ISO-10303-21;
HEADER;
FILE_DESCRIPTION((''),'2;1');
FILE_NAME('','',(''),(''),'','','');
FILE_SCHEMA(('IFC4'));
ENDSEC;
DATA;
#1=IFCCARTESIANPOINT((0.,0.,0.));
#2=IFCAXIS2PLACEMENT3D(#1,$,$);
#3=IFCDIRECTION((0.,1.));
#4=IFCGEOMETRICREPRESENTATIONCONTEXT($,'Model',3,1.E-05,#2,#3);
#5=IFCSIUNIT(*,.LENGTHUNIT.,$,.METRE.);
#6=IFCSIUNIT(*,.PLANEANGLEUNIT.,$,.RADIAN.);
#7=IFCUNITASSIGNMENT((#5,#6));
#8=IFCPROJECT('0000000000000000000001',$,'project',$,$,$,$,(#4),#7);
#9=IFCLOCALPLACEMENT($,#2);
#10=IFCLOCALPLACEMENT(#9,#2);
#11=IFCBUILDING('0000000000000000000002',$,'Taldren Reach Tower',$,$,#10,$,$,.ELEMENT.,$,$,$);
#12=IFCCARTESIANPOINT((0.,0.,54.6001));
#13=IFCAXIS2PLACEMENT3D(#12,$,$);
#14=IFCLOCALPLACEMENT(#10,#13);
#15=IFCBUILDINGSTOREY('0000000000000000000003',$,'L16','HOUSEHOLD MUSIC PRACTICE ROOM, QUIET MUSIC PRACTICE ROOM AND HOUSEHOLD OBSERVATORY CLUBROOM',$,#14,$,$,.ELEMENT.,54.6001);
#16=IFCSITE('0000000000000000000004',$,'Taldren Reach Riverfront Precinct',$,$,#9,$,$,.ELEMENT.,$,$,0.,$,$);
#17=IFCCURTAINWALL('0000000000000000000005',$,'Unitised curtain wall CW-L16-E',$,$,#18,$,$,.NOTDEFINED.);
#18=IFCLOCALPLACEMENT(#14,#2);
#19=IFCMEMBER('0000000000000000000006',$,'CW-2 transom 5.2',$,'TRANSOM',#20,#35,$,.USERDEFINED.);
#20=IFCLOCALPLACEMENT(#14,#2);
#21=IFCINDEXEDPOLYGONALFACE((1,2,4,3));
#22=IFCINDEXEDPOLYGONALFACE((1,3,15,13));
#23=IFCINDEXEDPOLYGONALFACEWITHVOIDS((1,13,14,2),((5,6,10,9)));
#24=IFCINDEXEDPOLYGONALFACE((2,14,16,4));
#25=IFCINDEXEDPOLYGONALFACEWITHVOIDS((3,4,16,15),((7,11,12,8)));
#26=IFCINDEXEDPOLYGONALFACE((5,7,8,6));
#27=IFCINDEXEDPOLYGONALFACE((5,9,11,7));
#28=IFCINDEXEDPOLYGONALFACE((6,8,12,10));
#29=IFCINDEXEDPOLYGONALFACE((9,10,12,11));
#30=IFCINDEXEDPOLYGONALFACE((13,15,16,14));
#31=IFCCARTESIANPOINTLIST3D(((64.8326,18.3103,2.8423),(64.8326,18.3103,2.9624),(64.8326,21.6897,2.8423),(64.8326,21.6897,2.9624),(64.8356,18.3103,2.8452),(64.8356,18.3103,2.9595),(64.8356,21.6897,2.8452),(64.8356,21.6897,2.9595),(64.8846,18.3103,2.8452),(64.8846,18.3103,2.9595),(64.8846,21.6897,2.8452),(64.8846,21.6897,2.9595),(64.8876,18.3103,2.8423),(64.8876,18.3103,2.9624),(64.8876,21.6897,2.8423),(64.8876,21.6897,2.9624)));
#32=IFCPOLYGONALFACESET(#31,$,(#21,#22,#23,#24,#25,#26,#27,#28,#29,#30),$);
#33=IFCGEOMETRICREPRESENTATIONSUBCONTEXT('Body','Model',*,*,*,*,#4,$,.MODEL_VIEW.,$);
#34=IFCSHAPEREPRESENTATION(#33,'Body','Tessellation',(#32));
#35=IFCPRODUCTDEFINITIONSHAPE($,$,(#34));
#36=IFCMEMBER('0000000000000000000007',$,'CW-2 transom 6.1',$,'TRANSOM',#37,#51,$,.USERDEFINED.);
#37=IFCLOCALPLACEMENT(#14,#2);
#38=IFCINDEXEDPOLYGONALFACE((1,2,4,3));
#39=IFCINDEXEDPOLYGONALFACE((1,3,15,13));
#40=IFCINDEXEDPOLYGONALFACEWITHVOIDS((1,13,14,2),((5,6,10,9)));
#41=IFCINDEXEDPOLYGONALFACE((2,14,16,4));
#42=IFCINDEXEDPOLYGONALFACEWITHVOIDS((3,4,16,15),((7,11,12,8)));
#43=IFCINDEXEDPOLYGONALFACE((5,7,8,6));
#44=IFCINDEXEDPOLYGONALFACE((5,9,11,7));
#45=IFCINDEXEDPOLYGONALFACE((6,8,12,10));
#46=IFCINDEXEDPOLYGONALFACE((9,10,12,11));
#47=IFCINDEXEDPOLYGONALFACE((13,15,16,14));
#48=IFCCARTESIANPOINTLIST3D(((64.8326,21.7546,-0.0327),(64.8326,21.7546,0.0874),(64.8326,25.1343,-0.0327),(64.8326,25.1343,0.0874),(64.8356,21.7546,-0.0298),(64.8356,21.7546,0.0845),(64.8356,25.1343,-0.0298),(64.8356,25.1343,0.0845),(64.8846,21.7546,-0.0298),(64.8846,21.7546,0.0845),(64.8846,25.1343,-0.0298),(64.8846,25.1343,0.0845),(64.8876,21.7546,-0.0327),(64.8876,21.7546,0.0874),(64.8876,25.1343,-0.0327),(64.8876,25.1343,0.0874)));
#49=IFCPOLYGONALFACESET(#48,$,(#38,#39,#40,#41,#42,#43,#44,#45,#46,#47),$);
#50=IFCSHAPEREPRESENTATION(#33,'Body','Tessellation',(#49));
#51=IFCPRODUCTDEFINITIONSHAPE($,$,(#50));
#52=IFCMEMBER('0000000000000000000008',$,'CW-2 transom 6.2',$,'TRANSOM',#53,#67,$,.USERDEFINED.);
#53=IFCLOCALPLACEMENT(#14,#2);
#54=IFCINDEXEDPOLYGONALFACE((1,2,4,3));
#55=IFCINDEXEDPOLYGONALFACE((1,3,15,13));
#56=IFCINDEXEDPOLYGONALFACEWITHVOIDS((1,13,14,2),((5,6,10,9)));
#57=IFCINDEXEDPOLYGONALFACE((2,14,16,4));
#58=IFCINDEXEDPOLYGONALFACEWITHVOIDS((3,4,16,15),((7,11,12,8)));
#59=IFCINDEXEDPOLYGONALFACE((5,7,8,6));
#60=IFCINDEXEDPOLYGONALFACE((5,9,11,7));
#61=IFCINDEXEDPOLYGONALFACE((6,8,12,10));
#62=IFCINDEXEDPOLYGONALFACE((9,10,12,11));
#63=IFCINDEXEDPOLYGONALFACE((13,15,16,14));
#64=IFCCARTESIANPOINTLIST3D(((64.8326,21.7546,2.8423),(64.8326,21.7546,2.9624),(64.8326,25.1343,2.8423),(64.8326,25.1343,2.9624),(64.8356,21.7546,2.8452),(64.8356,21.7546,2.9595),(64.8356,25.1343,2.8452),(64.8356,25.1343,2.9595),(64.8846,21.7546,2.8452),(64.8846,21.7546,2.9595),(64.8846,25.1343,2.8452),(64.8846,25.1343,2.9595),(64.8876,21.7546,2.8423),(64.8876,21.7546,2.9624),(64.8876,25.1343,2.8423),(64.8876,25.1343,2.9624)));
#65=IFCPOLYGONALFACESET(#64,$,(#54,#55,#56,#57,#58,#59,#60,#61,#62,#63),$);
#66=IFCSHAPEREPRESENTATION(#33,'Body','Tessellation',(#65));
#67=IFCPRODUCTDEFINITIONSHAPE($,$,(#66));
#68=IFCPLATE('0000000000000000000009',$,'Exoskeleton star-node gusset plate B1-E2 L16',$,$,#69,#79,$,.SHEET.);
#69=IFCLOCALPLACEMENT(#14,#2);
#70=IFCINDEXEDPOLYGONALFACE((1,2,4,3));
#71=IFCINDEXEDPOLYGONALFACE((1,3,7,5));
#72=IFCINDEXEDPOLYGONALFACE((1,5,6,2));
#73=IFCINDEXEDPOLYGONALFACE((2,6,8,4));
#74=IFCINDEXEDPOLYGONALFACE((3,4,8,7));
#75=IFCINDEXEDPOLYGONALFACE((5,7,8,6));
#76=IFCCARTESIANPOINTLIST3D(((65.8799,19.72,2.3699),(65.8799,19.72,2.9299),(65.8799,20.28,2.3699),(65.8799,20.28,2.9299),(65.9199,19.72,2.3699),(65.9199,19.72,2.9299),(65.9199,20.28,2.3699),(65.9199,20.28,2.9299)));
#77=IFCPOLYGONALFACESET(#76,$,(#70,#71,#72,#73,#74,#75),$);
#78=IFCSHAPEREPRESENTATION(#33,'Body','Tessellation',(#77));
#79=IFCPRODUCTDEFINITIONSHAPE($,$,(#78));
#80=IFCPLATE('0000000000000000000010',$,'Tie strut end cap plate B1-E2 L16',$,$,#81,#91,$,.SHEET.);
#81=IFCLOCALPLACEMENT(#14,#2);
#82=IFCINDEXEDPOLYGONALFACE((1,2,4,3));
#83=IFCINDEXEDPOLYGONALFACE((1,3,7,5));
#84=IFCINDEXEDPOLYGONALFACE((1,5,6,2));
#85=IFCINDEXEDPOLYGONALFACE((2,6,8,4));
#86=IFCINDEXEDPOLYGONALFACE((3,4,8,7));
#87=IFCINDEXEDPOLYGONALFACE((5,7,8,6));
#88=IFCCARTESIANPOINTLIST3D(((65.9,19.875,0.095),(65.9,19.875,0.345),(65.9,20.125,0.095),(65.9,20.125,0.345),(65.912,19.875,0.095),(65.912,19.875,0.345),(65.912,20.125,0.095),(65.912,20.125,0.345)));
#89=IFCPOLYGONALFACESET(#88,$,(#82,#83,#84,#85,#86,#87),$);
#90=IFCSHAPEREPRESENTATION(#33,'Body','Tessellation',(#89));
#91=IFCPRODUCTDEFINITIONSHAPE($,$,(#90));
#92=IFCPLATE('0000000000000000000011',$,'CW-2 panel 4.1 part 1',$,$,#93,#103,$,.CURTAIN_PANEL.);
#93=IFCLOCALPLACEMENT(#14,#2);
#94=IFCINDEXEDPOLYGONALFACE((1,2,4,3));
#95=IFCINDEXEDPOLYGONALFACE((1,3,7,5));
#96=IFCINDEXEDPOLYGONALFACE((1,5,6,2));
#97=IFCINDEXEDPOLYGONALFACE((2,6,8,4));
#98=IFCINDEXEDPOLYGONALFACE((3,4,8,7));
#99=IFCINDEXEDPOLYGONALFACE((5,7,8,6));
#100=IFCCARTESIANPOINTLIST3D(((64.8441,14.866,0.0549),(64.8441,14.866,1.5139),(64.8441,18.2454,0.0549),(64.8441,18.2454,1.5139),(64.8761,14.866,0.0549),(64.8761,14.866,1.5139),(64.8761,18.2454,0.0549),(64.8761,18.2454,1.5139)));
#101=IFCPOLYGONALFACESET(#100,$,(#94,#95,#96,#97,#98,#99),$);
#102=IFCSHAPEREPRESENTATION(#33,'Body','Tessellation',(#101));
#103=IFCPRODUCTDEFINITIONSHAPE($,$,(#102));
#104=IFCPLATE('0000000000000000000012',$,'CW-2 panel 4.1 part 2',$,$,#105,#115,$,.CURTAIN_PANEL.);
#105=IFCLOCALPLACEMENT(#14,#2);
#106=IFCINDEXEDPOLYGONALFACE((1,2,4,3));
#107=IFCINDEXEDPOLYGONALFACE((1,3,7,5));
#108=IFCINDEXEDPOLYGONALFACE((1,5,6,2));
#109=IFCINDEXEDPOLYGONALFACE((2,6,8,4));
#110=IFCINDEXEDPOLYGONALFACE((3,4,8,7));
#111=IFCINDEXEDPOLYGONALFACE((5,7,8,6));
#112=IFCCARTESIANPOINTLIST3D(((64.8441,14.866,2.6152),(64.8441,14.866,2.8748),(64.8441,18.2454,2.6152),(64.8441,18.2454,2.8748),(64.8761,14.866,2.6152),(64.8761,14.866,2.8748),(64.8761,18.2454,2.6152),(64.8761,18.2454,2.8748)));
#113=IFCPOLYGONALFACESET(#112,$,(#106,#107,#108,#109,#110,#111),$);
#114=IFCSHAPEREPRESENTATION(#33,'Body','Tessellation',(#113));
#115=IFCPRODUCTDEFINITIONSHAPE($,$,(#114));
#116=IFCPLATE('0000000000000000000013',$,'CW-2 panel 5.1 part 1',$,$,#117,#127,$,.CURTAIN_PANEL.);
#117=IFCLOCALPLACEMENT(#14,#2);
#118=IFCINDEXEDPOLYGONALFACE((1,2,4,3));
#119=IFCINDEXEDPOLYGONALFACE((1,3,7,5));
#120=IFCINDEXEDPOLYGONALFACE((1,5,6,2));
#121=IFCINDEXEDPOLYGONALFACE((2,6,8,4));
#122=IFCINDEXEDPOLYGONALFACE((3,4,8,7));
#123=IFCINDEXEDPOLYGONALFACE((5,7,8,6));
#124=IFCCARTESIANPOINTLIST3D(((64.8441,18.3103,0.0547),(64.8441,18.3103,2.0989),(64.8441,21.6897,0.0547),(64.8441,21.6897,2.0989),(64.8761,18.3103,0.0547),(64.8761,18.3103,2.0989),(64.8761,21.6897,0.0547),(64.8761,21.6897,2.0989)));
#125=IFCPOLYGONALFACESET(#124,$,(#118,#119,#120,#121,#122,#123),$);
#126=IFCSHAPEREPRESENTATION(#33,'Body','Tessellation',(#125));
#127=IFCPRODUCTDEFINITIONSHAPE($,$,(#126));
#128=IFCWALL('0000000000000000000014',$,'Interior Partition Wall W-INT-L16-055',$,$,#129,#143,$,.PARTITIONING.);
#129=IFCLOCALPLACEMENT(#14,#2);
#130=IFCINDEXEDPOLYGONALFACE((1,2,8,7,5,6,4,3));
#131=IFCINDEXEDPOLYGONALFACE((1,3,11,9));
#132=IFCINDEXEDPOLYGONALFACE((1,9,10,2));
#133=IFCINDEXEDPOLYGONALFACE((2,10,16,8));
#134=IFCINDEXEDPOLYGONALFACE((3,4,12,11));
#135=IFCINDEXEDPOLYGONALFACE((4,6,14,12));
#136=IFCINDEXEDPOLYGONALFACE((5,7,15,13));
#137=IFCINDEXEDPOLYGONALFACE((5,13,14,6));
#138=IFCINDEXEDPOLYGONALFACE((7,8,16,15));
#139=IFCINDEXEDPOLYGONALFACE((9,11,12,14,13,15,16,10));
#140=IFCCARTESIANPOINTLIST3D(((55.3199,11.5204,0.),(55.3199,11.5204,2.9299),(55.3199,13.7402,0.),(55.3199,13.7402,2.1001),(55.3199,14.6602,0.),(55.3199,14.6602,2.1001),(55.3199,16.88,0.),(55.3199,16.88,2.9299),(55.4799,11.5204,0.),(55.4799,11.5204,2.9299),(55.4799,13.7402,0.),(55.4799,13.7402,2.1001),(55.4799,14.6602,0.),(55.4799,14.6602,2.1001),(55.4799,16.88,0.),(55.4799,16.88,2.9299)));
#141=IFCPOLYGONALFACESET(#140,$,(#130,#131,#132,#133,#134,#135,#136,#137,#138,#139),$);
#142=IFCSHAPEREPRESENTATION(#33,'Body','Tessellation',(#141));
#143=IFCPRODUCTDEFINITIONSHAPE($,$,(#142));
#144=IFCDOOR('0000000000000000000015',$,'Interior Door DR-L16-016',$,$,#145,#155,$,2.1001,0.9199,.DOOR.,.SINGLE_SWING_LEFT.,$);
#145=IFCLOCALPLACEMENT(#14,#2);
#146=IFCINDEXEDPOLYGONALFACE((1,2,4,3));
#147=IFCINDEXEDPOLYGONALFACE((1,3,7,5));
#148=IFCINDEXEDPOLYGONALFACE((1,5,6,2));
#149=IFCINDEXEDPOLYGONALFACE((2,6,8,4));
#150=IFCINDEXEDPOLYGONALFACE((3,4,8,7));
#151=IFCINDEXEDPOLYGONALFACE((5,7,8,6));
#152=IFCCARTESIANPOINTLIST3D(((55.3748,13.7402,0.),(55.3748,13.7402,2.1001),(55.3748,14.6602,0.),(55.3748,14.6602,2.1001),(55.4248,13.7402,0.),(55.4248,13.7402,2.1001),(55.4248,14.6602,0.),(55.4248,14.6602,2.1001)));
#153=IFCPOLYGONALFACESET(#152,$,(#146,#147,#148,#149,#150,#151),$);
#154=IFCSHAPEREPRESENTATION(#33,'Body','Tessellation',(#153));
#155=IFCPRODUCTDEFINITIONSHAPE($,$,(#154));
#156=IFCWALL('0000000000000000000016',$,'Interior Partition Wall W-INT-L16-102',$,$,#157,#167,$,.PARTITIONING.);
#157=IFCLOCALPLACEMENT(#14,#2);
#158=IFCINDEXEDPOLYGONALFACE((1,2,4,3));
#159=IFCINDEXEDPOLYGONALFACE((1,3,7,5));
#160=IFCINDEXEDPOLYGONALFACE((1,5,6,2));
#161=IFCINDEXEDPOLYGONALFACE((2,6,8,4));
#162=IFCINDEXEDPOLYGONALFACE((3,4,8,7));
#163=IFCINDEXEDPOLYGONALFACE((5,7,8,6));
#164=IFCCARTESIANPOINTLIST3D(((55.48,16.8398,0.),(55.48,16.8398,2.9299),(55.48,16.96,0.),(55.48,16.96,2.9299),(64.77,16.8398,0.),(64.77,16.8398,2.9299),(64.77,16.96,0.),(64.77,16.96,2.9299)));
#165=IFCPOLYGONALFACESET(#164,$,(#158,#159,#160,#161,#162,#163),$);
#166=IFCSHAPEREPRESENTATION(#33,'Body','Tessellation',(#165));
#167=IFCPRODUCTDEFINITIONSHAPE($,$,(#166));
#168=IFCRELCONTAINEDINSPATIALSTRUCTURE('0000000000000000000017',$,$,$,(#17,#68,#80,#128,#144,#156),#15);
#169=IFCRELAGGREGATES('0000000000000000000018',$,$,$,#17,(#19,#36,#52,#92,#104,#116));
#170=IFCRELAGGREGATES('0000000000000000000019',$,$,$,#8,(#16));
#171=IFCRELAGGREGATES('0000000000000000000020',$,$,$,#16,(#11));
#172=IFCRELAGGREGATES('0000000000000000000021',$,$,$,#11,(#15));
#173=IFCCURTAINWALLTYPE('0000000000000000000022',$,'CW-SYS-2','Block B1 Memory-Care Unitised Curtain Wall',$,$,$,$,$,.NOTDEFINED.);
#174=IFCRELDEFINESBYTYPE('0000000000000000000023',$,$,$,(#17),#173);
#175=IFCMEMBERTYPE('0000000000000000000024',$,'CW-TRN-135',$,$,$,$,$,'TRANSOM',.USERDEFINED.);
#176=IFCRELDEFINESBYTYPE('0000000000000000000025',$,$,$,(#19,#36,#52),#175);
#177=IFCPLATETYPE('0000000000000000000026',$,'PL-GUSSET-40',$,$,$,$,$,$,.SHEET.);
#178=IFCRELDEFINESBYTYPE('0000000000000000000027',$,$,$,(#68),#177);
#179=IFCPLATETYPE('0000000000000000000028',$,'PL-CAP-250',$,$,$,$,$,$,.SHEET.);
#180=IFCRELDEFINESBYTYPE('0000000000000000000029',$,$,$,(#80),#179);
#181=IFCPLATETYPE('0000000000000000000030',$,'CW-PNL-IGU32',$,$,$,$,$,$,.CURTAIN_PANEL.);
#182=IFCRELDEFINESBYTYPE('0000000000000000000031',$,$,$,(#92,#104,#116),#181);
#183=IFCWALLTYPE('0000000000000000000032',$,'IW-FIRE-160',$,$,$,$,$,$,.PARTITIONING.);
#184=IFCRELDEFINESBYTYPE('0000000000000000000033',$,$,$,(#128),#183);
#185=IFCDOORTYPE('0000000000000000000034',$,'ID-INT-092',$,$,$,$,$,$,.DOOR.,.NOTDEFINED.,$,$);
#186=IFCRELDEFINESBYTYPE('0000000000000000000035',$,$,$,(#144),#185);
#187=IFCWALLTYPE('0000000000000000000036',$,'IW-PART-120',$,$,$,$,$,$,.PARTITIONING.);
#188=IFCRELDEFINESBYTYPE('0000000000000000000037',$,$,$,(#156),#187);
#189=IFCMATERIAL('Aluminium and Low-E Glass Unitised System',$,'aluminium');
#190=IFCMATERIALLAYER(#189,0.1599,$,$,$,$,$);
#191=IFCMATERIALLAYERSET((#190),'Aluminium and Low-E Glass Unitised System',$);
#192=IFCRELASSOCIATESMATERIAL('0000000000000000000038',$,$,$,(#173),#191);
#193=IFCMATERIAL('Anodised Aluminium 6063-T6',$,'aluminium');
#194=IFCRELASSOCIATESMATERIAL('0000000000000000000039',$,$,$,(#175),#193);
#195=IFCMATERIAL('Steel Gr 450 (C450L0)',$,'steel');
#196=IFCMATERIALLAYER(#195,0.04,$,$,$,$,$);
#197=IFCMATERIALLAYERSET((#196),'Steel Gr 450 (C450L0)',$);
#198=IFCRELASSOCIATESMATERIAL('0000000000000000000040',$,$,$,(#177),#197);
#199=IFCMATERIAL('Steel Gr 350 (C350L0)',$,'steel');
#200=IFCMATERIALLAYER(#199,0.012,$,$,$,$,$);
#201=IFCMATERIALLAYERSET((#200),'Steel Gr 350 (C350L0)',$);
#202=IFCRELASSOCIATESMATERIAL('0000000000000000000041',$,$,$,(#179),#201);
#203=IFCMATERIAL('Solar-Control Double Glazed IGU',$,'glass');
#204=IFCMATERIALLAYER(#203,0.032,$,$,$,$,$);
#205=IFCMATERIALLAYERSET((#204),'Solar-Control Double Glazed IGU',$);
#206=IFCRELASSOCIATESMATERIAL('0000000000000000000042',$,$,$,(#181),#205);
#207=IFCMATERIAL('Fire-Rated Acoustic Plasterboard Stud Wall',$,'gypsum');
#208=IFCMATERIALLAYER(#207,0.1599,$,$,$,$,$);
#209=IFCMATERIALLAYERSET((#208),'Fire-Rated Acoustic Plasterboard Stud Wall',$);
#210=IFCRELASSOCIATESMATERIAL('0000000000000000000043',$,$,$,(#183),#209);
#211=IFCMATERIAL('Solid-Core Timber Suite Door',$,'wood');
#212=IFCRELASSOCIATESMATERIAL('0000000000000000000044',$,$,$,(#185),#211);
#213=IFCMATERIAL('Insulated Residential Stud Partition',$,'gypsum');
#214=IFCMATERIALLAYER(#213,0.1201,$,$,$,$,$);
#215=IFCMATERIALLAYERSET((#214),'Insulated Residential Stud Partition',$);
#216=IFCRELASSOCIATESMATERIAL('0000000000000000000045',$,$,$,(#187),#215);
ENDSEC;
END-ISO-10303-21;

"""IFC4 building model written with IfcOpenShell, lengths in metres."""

from ifc_helpers import new_model, si_unit, direction, frame, frame_2d, origin, origin_2d, place, context, subcontext, project, spatial, rectangle, hollow_rectangle, extrude, source, transform, mapped, material, layer, layer_set, material_profile, profile_set, type_object, element, fill, aggregate, save


model = new_model("IFC4")

# Units and contexts
model_context = context("Model", 3, precision=1e-05, world=origin(), true_north=direction((0.0, 1.0)))
body_context = subcontext(model_context, "Body", "Model", "MODEL_VIEW")
ifc_project = project(units=[si_unit("LENGTHUNIT", "METRE"), si_unit("PLANEANGLEUNIT", "RADIAN")], contexts=[model_context])

# Site, building, storey
site_placement = place(None, origin())
site = spatial("IfcSite", under=ifc_project, at=site_placement, Name="Taldren Reach Riverfront Precinct", CompositionType="ELEMENT", RefElevation=0.0)
building_placement = place(site_placement, origin())
building = spatial("IfcBuilding", under=site, at=building_placement, Name="Taldren Reach Tower", CompositionType="ELEMENT")
storey_placement = place(building_placement, frame((0.0, 0.0, 54.6001)))
storey = spatial("IfcBuildingStorey", under=building, at=storey_placement, Name="L16", Description="HOUSEHOLD MUSIC PRACTICE ROOM, QUIET MUSIC PRACTICE ROOM AND HOUSEHOLD OBSERVATORY CLUBROOM", CompositionType="ELEMENT", Elevation=54.6001)

# Shared definitions
ifc_material_1 = material(Name="Steel Gr 450 (C450L0)", Category="steel")
ifc_material_2 = material(Name="Steel Gr 350 (C350L0)", Category="steel")

# Curtain wall, members
ifc_material_3 = material(Name="Aluminium and Low-E Glass Unitised System", Category="aluminium")
ifc_layer_1 = layer(ifc_material_3, 0.1599)
ifc_layer_set_1 = layer_set([ifc_layer_1], Name="Aluminium and Low-E Glass Unitised System")
curtain_wall_type = type_object("IfcCurtainWallType", Name="CW-SYS-2", Description="Block B1 Memory-Care Unitised Curtain Wall", PredefinedType="NOTDEFINED", material=ifc_layer_set_1)
curtain_wall_placement = place(storey_placement, origin())
curtain_wall = element("IfcCurtainWall", 1, at=curtain_wall_placement, inside=storey, type_object=curtain_wall_type, Name="Unitised curtain wall CW-L16-E", PredefinedType="NOTDEFINED")
ifc_material_4 = material(Name="Anodised Aluminium 6063-T6", Category="aluminium")
ifc_material_profile_1 = material_profile(ifc_material_4, hollow_rectangle(XDim=0.0549, YDim=0.1201, WallThickness=0.0029, at=origin_2d()), Name="ALU-120x55x3RHS")
ifc_profile_set_1 = profile_set([ifc_material_profile_1], Name="Anodised Aluminium 6063-T6")
member_type_1 = type_object("IfcMemberType", Name="CW-TRN-135", ElementType="TRANSOM", PredefinedType="USERDEFINED", material=ifc_profile_set_1)
shared_shape_1 = source(origin(), body_context, "Body", "SweptSolid", [
    extrude(hollow_rectangle(XDim=0.0549, YDim=0.1201, WallThickness=0.0029, at=origin_2d()), origin(), (0.0, 0.0, 1.0), 3.3794),
])
member_1_placement = place(storey_placement, frame((64.8601, 18.3103, 2.9023), z_axis=(0.0, 1.0, 0.0), x_axis=(-1.0, 0.0, 0.0)))
member_1 = element("IfcMember", 2, at=member_1_placement, type_object=member_type_1, Name="CW-2 transom 5.2", ObjectType="TRANSOM", PredefinedType="USERDEFINED", context=body_context, shape_type="MappedRepresentation", body=[
    mapped(shared_shape_1, transform((0.0, 0.0, 0.0), scale=1.0)),
])
shared_shape_2 = source(origin(), body_context, "Body", "SweptSolid", [
    extrude(hollow_rectangle(XDim=0.0549, YDim=0.1201, WallThickness=0.0029, at=origin_2d()), origin(), (0.0, 0.0, 1.0), 3.3796),
])
member_2_placement = place(storey_placement, frame((64.8601, 21.7546, 0.0273), z_axis=(0.0, 1.0, 0.0), x_axis=(-1.0, 0.0, 0.0)))
member_2 = element("IfcMember", 3, at=member_2_placement, type_object=member_type_1, Name="CW-2 transom 6.1", ObjectType="TRANSOM", PredefinedType="USERDEFINED", context=body_context, shape_type="MappedRepresentation", body=[
    mapped(shared_shape_2, transform((0.0, 0.0, 0.0), scale=1.0)),
])
member_3_placement = place(storey_placement, frame((64.8601, 21.7546, 2.9023), z_axis=(0.0, 1.0, 0.0), x_axis=(-1.0, 0.0, 0.0)))
member_3 = element("IfcMember", 4, at=member_3_placement, type_object=member_type_1, Name="CW-2 transom 6.2", ObjectType="TRANSOM", PredefinedType="USERDEFINED", context=body_context, shape_type="MappedRepresentation", body=[
    mapped(shared_shape_2, transform((0.0, 0.0, 0.0), scale=1.0)),
])

# Plates
ifc_layer_2 = layer(ifc_material_1, 0.04)
ifc_layer_set_2 = layer_set([ifc_layer_2], Name="Steel Gr 450 (C450L0)")
plate_type_1 = type_object("IfcPlateType", Name="PL-GUSSET-40", PredefinedType="SHEET", material=ifc_layer_set_2)
shared_shape_3 = source(origin(), body_context, "Body", "SweptSolid", [
    extrude(rectangle(XDim=0.5601, YDim=0.04, at=origin_2d()), origin(), (0.0, 0.0, 1.0), 0.5601),
])
plate_1_placement = place(storey_placement, frame((65.8999, 20.0, 2.3699), z_axis=(0.0, 0.0, 1.0), x_axis=(0.0, 1.0, 0.0)))
element("IfcPlate", 5, at=plate_1_placement, inside=storey, type_object=plate_type_1, Name="Exoskeleton star-node gusset plate B1-E2 L16", PredefinedType="SHEET", context=body_context, shape_type="MappedRepresentation", body=[
    mapped(shared_shape_3, transform((0.0, 0.0, 0.0), scale=1.0)),
])
ifc_layer_3 = layer(ifc_material_2, 0.012)
ifc_layer_set_3 = layer_set([ifc_layer_3], Name="Steel Gr 350 (C350L0)")
plate_type_2 = type_object("IfcPlateType", Name="PL-CAP-250", PredefinedType="SHEET", material=ifc_layer_set_3)
shared_shape_4 = source(origin(), body_context, "Body", "SweptSolid", [
    extrude(rectangle(XDim=0.012, YDim=0.25, at=origin_2d()), origin(), (0.0, 0.0, 1.0), 0.25),
])
plate_2_placement = place(storey_placement, frame((65.906, 20.0, 0.095), z_axis=(0.0, 0.0, 1.0), x_axis=(1.0, 0.0, 0.0)))
element("IfcPlate", 6, at=plate_2_placement, inside=storey, type_object=plate_type_2, Name="Tie strut end cap plate B1-E2 L16", PredefinedType="SHEET", context=body_context, shape_type="MappedRepresentation", body=[
    mapped(shared_shape_4, transform((0.0, 0.0, 0.0), scale=1.0)),
])

# Plates
ifc_material_5 = material(Name="Solar-Control Double Glazed IGU", Category="glass")
ifc_layer_4 = layer(ifc_material_5, 0.032)
ifc_layer_set_4 = layer_set([ifc_layer_4], Name="Solar-Control Double Glazed IGU")
plate_type_3 = type_object("IfcPlateType", Name="CW-PNL-IGU32", PredefinedType="CURTAIN_PANEL", material=ifc_layer_set_4)
shared_shape_5 = source(origin(), body_context, "Body", "SweptSolid", [
    extrude(rectangle(XDim=3.3794, YDim=0.032, at=origin_2d()), origin(), (0.0, 0.0, 1.0), 1.459),
])
plate_3_placement = place(storey_placement, frame((64.8601, 16.5557, 0.0549), z_axis=(0.0, 0.0, 1.0), x_axis=(0.0, 1.0, 0.0)))
plate_3 = element("IfcPlate", 7, at=plate_3_placement, type_object=plate_type_3, Name="CW-2 panel 4.1 part 1", PredefinedType="CURTAIN_PANEL", context=body_context, shape_type="MappedRepresentation", body=[
    mapped(shared_shape_5, transform((0.0, 0.0, 0.0), scale=1.0)),
])
shared_shape_6 = source(origin(), body_context, "Body", "SweptSolid", [
    extrude(rectangle(XDim=3.3794, YDim=0.032, at=origin_2d()), origin(), (0.0, 0.0, 1.0), 0.2595),
])
plate_4_placement = place(storey_placement, frame((64.8601, 16.5557, 2.6152), z_axis=(0.0, 0.0, 1.0), x_axis=(0.0, 1.0, 0.0)))
plate_4 = element("IfcPlate", 8, at=plate_4_placement, type_object=plate_type_3, Name="CW-2 panel 4.1 part 2", PredefinedType="CURTAIN_PANEL", context=body_context, shape_type="MappedRepresentation", body=[
    mapped(shared_shape_6, transform((0.0, 0.0, 0.0), scale=1.0)),
])
shared_shape_7 = source(origin(), body_context, "Body", "SweptSolid", [
    extrude(rectangle(XDim=3.3794, YDim=0.032, at=origin_2d()), origin(), (0.0, 0.0, 1.0), 2.0442),
])
plate_5_placement = place(storey_placement, frame((64.8601, 20.0, 0.0547), z_axis=(0.0, 0.0, 1.0), x_axis=(0.0, 1.0, 0.0)))
plate_5 = element("IfcPlate", 9, at=plate_5_placement, type_object=plate_type_3, Name="CW-2 panel 5.1 part 1", PredefinedType="CURTAIN_PANEL", context=body_context, shape_type="MappedRepresentation", body=[
    mapped(shared_shape_7, transform((0.0, 0.0, 0.0), scale=1.0)),
])
aggregate(curtain_wall, [member_1, member_2, member_3, plate_3, plate_4, plate_5])

# Wall, opening, door
ifc_material_6 = material(Name="Fire-Rated Acoustic Plasterboard Stud Wall", Category="gypsum")
ifc_layer_5 = layer(ifc_material_6, 0.1599)
ifc_layer_set_5 = layer_set([ifc_layer_5], Name="Fire-Rated Acoustic Plasterboard Stud Wall")
wall_type_1 = type_object("IfcWallType", Name="IW-FIRE-160", PredefinedType="PARTITIONING", material=ifc_layer_set_5)
shared_shape_8 = source(origin(), body_context, "Body", "SweptSolid", [
    extrude(rectangle(XDim=5.3596, YDim=0.1599, at=frame_2d((2.6797, 0.0))), origin(), (0.0, 0.0, 1.0), 2.9299),
])
wall_1_placement = place(storey_placement, frame((55.3999, 16.8799, 0.0), z_axis=(0.0, 0.0, 1.0), x_axis=(0.0, -1.0, 0.0)))
wall_1 = element("IfcWall", 10, at=wall_1_placement, inside=storey, type_object=wall_type_1, Name="Interior Partition Wall W-INT-L16-055", PredefinedType="PARTITIONING", context=body_context, shape_type="MappedRepresentation", body=[
    mapped(shared_shape_8, transform((0.0, 0.0, 0.0), scale=1.0)),
])
shared_shape_9 = source(origin(), body_context, "Body", "SweptSolid", [
    extrude(rectangle(XDim=0.9199, YDim=2.1001, at=frame_2d((0.46, 1.05))), frame((0.0, 0.0898, 0.0), z_axis=(0.0, -1.0, 0.0), x_axis=(1.0, 0.0, 0.0)), (0.0, 0.0, 1.0), 0.1799),
])
opening_placement = place(wall_1_placement, frame((2.2197, 0.0, 0.0)))
opening = element("IfcOpeningElement", 11, at=opening_placement, cuts=wall_1, PredefinedType="OPENING", context=body_context, shape_type="MappedRepresentation", body=[
    mapped(shared_shape_9, transform((0.0, 0.0, 0.0), scale=1.0)),
])
ifc_material_7 = material(Name="Solid-Core Timber Suite Door", Category="wood")
door_type = type_object("IfcDoorType", Name="ID-INT-092", OperationType="NOTDEFINED", PredefinedType="DOOR", material=ifc_material_7)
shared_shape_10 = source(origin(), body_context, "Body", "SweptSolid", [
    extrude(rectangle(XDim=0.9199, YDim=2.1001, at=frame_2d((0.46, 1.05))), frame((0.0, 0.0249, 0.0), z_axis=(0.0, -1.0, 0.0), x_axis=(1.0, 0.0, 0.0)), (0.0, 0.0, 1.0), 0.05),
])
door_placement = place(opening_placement, origin())
door = element("IfcDoor", 12, at=door_placement, inside=storey, type_object=door_type, Name="Interior Door DR-L16-016", OperationType="SINGLE_SWING_LEFT", OverallHeight=2.1001, OverallWidth=0.9199, PredefinedType="DOOR", context=body_context, shape_type="MappedRepresentation", body=[
    mapped(shared_shape_10, transform((0.0, 0.0, 0.0), scale=1.0)),
])
fill(opening, door)

# Wall
ifc_material_8 = material(Name="Insulated Residential Stud Partition", Category="gypsum")
ifc_layer_6 = layer(ifc_material_8, 0.1201)
ifc_layer_set_6 = layer_set([ifc_layer_6], Name="Insulated Residential Stud Partition")
wall_type_2 = type_object("IfcWallType", Name="IW-PART-120", PredefinedType="PARTITIONING", material=ifc_layer_set_6)
shared_shape_11 = source(origin(), body_context, "Body", "SweptSolid", [
    extrude(rectangle(XDim=9.29, YDim=0.1201, at=frame_2d((4.645, 0.0))), origin(), (0.0, 0.0, 1.0), 2.9299),
])
wall_2_placement = place(storey_placement, frame((55.48, 16.8999, 0.0), z_axis=(0.0, 0.0, 1.0), x_axis=(1.0, 0.0, 0.0)))
element("IfcWall", 13, at=wall_2_placement, inside=storey, type_object=wall_type_2, Name="Interior Partition Wall W-INT-L16-102", PredefinedType="PARTITIONING", context=body_context, shape_type="MappedRepresentation", body=[
    mapped(shared_shape_11, transform((0.0, 0.0, 0.0), scale=1.0)),
])

save(model, "model.ifc")
